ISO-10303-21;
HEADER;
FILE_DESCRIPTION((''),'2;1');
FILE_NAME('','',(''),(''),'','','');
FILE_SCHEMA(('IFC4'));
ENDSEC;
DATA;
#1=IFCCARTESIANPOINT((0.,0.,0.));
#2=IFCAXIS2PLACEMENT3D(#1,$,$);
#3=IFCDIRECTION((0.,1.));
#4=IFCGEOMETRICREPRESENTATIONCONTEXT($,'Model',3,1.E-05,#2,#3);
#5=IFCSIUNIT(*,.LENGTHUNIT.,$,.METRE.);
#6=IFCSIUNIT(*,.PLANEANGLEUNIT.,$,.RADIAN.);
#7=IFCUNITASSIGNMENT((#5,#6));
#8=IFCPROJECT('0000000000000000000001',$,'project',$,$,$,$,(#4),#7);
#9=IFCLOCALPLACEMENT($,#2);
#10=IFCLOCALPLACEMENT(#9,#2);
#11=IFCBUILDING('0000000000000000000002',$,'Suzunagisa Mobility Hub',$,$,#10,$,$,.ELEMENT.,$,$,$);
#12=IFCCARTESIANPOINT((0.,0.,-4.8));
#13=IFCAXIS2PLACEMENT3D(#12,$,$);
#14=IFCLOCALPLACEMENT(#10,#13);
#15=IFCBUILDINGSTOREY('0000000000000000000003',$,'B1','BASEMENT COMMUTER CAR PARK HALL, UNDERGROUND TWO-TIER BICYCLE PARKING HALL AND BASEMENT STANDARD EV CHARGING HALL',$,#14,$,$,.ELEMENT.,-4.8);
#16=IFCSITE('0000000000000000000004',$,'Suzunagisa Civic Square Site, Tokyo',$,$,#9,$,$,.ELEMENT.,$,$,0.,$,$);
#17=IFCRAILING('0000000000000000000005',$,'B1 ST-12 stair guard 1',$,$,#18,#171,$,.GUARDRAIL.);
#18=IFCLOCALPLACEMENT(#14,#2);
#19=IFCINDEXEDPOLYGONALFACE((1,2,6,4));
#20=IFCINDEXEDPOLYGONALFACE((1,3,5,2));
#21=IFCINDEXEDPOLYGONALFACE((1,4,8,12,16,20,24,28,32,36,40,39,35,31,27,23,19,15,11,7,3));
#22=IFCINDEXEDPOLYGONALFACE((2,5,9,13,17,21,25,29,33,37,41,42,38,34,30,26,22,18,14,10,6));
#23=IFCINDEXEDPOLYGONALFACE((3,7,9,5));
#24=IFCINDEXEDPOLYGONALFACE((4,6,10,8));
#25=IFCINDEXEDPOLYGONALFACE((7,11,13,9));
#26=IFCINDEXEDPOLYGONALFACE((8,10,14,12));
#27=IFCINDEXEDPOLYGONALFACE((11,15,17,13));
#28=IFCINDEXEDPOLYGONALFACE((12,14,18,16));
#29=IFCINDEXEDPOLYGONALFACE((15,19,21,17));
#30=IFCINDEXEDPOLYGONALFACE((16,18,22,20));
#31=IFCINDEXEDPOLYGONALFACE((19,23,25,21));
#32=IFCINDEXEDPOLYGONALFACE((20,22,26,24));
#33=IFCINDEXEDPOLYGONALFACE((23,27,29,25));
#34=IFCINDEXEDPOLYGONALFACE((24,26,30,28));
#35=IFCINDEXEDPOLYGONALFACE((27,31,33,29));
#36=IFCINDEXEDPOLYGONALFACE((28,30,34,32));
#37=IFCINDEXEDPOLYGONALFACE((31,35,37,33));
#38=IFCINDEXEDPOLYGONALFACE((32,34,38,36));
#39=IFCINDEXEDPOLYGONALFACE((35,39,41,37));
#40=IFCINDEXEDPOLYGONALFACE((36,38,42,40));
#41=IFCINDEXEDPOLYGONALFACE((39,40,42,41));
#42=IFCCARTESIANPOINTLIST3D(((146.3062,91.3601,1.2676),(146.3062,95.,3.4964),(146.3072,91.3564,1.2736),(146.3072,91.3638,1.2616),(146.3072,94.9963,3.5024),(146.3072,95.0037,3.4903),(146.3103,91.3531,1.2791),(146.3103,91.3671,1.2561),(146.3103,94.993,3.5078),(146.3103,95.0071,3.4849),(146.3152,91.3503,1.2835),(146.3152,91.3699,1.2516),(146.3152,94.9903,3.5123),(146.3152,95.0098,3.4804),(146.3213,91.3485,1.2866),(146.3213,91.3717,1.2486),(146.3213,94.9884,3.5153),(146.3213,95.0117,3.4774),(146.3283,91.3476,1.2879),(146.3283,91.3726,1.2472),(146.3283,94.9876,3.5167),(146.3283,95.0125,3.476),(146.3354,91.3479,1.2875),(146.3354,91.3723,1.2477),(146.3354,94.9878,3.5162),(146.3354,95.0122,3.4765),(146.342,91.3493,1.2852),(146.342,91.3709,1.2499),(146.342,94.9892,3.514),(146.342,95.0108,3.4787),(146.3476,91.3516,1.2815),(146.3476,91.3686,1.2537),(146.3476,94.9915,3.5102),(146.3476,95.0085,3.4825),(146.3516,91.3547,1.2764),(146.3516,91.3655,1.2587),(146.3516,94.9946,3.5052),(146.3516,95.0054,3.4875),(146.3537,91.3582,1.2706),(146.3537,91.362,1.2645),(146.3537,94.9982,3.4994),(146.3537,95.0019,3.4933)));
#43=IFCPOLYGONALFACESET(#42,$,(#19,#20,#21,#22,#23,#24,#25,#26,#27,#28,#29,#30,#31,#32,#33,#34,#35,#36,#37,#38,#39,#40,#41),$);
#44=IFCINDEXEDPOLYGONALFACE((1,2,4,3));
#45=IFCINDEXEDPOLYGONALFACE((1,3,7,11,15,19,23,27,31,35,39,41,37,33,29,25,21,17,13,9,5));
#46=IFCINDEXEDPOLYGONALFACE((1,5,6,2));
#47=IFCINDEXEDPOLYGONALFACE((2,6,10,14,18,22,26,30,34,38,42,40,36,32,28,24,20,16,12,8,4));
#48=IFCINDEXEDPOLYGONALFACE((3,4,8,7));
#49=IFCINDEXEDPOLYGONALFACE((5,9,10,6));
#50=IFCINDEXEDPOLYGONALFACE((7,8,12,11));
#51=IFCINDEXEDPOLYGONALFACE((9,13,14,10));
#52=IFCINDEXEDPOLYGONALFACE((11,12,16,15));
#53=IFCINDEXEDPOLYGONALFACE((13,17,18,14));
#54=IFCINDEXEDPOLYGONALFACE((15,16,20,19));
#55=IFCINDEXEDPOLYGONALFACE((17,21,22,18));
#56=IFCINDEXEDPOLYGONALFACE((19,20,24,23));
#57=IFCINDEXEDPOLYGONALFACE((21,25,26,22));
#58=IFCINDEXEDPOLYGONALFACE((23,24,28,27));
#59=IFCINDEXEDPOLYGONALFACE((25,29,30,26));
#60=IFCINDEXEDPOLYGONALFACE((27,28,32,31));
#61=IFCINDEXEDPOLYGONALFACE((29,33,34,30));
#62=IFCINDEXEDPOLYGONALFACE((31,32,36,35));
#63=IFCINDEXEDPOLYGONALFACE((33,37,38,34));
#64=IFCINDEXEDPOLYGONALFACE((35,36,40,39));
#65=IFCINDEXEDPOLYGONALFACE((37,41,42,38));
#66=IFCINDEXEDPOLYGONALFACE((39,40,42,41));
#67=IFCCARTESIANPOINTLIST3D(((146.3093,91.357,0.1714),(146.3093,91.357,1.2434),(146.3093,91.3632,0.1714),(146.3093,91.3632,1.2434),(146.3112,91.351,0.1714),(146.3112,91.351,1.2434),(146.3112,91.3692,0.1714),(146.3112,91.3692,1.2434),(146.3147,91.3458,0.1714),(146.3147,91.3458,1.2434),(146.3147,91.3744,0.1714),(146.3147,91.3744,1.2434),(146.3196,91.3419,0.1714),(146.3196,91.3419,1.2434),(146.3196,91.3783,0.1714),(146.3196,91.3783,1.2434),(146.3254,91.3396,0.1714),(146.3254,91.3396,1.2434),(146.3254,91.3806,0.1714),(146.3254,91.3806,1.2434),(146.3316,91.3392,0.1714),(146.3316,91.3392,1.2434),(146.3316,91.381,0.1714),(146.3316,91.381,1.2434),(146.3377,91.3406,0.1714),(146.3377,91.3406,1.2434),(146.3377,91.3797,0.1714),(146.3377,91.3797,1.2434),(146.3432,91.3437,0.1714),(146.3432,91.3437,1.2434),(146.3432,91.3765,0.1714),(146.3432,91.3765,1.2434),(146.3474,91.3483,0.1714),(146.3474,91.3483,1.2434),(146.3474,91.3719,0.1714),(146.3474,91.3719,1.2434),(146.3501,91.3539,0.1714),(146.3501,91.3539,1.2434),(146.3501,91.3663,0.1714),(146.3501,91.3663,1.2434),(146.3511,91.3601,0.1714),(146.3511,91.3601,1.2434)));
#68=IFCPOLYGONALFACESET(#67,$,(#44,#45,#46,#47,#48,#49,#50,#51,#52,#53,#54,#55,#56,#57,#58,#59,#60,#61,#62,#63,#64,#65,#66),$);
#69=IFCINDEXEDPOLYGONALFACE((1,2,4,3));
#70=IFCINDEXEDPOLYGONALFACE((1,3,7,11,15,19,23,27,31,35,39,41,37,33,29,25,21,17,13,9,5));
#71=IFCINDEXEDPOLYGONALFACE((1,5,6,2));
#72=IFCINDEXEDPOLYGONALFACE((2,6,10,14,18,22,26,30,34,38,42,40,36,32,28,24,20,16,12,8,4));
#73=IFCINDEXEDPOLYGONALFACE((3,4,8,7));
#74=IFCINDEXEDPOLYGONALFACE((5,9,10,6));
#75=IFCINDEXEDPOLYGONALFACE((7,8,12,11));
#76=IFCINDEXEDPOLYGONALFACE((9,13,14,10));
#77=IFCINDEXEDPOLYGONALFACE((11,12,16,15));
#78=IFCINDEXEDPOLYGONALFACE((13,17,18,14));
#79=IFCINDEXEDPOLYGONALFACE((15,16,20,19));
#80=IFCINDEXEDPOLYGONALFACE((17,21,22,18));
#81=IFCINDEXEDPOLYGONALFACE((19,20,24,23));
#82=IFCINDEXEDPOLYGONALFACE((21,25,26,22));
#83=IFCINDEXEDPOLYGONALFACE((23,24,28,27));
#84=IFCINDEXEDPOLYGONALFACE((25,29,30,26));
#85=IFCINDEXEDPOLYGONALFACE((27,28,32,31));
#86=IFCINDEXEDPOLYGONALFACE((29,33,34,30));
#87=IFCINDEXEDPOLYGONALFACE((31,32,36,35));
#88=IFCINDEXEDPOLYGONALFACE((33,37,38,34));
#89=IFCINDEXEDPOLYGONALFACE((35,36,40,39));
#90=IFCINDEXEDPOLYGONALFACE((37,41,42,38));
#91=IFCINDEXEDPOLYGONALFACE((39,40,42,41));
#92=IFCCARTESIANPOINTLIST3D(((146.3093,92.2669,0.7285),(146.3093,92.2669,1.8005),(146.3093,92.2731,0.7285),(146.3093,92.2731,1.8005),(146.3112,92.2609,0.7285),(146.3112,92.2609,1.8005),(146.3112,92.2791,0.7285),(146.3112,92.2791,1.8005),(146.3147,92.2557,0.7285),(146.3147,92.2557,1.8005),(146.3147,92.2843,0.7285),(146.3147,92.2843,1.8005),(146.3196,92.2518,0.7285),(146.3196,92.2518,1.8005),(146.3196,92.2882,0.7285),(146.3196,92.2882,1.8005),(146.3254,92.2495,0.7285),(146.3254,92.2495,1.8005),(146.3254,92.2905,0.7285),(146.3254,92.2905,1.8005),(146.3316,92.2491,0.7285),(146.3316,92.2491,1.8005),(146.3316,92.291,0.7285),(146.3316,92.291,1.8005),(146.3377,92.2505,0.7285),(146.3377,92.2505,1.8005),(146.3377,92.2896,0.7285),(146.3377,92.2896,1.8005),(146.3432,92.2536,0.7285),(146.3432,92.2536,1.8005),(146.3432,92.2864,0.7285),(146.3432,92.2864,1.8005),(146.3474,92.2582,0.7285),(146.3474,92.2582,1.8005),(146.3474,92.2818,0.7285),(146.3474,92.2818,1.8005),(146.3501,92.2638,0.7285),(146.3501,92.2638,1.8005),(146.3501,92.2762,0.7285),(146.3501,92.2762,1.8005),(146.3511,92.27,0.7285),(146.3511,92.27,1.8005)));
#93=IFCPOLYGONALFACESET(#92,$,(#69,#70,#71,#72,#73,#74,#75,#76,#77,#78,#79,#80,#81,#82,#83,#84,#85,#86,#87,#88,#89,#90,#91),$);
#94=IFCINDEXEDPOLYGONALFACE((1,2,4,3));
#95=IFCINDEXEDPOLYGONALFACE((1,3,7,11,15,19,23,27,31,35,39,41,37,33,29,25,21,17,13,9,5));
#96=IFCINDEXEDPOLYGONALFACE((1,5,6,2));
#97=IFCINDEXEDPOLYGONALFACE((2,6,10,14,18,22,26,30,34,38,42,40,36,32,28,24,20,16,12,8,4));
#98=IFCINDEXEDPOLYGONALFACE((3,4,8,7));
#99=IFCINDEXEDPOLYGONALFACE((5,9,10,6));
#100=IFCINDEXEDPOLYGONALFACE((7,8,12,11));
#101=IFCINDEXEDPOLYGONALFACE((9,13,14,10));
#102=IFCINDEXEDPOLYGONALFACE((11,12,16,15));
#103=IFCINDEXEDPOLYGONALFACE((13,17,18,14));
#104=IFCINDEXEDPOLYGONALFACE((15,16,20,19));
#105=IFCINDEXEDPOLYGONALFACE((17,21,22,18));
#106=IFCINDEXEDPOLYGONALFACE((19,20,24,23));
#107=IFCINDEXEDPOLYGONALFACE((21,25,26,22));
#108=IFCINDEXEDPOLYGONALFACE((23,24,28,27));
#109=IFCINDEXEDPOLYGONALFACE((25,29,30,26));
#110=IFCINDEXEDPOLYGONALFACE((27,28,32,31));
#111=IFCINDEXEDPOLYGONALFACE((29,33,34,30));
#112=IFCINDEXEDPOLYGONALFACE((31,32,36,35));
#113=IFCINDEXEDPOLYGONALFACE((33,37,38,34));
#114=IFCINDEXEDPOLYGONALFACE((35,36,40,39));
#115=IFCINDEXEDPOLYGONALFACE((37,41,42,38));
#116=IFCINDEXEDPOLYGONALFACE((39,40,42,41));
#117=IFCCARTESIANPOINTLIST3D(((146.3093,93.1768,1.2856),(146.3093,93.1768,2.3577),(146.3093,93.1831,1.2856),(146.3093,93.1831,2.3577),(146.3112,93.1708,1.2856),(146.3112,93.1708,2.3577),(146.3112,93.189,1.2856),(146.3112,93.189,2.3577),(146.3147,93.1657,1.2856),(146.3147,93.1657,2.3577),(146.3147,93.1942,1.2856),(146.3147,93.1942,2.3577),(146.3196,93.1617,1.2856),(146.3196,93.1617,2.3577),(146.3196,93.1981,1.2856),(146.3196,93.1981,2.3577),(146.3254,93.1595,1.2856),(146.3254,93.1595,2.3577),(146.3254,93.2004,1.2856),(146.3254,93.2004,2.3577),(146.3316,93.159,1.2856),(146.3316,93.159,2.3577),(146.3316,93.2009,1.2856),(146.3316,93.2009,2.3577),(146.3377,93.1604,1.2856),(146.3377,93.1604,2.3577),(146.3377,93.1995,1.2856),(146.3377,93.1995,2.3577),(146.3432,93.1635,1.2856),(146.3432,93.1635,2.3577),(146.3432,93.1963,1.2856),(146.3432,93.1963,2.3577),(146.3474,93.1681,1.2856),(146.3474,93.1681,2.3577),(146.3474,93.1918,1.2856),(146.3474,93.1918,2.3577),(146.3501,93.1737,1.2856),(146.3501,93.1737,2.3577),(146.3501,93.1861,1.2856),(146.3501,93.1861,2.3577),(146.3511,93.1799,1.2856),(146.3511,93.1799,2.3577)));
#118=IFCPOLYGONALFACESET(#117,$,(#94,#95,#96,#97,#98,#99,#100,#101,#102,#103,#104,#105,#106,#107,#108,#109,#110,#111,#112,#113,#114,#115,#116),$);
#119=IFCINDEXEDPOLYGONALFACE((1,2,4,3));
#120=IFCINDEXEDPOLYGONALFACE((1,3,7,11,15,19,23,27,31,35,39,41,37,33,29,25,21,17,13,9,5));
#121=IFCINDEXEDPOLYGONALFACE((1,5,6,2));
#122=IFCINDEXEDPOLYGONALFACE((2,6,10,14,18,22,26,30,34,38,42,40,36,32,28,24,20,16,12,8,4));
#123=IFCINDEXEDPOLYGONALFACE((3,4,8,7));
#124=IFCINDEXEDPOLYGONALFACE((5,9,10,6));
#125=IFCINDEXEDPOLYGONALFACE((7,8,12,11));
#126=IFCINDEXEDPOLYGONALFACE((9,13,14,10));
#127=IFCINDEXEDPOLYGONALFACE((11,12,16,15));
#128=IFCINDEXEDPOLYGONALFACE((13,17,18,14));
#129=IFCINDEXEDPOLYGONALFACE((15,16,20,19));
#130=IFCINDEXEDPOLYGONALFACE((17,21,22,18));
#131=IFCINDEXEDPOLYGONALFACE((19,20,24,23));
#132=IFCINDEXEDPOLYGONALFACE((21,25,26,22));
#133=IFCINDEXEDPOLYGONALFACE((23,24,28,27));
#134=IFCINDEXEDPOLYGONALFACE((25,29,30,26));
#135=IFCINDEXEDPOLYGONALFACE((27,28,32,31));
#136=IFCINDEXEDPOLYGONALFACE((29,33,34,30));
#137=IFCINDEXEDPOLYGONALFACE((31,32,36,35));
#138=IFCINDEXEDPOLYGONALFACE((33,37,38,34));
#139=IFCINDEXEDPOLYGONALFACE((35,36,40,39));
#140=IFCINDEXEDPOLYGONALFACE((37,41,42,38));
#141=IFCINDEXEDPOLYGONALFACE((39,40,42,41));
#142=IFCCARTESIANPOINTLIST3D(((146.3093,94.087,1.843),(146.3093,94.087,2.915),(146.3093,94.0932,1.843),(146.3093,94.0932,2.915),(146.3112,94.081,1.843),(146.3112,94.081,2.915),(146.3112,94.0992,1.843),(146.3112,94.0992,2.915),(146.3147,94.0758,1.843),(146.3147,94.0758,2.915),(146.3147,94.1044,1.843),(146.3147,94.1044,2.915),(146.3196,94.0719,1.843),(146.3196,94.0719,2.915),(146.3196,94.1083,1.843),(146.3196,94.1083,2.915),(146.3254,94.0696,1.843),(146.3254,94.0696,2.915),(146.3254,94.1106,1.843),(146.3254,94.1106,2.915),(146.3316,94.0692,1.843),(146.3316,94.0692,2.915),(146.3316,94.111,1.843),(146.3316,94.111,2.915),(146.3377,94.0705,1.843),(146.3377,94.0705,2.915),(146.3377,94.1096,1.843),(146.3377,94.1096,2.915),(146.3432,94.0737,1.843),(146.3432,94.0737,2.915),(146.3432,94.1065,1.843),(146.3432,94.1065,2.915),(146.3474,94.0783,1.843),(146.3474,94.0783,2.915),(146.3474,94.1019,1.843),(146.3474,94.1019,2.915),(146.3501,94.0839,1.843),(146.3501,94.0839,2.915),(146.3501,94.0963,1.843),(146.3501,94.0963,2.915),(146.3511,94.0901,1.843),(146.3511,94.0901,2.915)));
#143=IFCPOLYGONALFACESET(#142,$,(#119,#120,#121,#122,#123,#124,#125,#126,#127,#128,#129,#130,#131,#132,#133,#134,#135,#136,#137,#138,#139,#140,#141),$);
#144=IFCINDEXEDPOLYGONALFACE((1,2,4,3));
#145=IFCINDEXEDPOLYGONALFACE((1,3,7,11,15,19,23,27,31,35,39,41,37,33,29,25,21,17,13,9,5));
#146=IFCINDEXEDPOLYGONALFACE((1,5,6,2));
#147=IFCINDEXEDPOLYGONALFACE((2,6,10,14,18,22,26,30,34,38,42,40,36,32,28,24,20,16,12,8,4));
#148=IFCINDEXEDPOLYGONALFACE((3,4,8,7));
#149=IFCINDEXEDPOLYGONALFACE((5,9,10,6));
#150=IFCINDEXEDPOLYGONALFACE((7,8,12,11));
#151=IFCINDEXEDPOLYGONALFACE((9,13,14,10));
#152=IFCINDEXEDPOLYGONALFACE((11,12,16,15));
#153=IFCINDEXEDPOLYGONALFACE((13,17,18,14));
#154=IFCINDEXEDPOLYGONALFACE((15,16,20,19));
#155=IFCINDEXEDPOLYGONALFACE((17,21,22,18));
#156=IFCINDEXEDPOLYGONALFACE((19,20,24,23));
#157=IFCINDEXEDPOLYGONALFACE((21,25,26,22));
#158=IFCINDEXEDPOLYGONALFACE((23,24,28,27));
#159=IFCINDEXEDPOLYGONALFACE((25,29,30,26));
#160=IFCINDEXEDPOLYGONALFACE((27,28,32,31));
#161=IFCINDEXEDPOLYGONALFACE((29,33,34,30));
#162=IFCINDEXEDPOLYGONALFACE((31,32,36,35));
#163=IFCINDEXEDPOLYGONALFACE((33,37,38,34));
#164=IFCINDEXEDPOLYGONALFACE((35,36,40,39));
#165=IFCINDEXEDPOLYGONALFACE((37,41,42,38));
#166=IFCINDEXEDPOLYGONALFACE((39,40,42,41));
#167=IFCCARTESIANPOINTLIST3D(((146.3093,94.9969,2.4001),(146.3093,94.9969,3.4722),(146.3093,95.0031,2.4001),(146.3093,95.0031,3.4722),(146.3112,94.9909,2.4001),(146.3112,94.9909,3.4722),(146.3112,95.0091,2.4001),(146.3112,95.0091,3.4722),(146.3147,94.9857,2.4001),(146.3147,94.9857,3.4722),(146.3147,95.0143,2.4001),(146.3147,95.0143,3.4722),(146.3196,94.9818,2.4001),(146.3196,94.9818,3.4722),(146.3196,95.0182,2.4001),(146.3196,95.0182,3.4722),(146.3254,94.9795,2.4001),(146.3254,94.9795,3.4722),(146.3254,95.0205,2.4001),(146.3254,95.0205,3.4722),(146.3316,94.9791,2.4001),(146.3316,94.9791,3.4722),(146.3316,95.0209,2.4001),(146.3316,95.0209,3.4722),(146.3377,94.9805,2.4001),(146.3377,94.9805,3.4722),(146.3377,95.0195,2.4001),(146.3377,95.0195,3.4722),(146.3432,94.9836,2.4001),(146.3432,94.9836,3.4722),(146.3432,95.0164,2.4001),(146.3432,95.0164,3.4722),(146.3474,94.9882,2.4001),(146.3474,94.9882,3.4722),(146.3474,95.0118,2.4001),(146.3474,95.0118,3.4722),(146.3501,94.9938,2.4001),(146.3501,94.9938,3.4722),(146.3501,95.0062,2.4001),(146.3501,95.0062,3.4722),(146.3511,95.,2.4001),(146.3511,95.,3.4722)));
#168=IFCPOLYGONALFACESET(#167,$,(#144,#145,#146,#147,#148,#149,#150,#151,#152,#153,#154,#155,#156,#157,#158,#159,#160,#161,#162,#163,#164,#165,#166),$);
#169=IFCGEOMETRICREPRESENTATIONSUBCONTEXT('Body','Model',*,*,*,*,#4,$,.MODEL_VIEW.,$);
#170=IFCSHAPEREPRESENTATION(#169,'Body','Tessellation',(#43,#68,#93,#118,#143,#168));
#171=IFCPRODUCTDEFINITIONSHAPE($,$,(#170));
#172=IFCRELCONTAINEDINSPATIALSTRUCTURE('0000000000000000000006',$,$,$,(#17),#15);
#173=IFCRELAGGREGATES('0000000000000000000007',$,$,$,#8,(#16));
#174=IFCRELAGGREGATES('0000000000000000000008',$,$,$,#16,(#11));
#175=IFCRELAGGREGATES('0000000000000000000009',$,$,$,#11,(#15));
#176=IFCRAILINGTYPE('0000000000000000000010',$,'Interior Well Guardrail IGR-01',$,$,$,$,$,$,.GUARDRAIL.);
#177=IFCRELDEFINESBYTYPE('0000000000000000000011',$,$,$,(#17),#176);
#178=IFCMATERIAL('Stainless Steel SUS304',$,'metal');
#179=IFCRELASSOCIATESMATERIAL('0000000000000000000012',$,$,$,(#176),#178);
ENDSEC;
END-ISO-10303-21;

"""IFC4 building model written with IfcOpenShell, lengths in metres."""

from ifc_helpers import new_model, si_unit, direction, frame, origin, origin_2d, place, context, subcontext, project, spatial, circle, extrude, material, type_object, element, save


model = new_model("IFC4")

# Units and contexts
model_context = context("Model", 3, precision=1e-05, world=origin(), true_north=direction((0.0, 1.0)))
body_context = subcontext(model_context, "Body", "Model", "MODEL_VIEW")
ifc_project = project(units=[si_unit("LENGTHUNIT", "METRE"), si_unit("PLANEANGLEUNIT", "RADIAN")], contexts=[model_context])

# Site, building, storey
site_placement = place(None, origin())
site = spatial("IfcSite", under=ifc_project, at=site_placement, Name="Suzunagisa Civic Square Site, Tokyo", CompositionType="ELEMENT", RefElevation=0.0)
building_placement = place(site_placement, origin())
building = spatial("IfcBuilding", under=site, at=building_placement, Name="Suzunagisa Mobility Hub", CompositionType="ELEMENT")
storey_placement = place(building_placement, frame((0.0, 0.0, -4.8)))
storey = spatial("IfcBuildingStorey", under=building, at=storey_placement, Name="B1", Description="BASEMENT COMMUTER CAR PARK HALL, UNDERGROUND TWO-TIER BICYCLE PARKING HALL AND BASEMENT STANDARD EV CHARGING HALL", CompositionType="ELEMENT", Elevation=-4.8)

# Railing
ifc_material_1 = material(Name="Stainless Steel SUS304", Category="metal")
railing_type_1 = type_object("IfcRailingType", Name="Interior Well Guardrail IGR-01", PredefinedType="GUARDRAIL", material=ifc_material_1)
railing_1_placement = place(storey_placement, frame((146.3301, 91.3601, 0.1714)))
element("IfcRailing", 1, at=railing_1_placement, inside=storey, type_object=railing_type_1, Name="B1 ST-12 stair guard 1", PredefinedType="GUARDRAIL", context=body_context, shape_type="SweptSolid", body=[
    extrude(circle(Radius=0.0239, at=origin_2d()), frame((0.0, 0.0, 1.0962), z_axis=(0.0, 0.852825, 0.522197), x_axis=(-1.0, 0.0, 0.0)), (0.0, 0.0, 1.0), 4.2681),
    extrude(circle(Radius=0.021, at=origin_2d()), origin(), (0.0, 0.0, 1.0), 1.072),
    extrude(circle(Radius=0.021, at=origin_2d()), frame((0.0, 0.9099, 0.5571)), (0.0, 0.0, 1.0), 1.072),
    extrude(circle(Radius=0.021, at=origin_2d()), frame((0.0, 1.8198, 1.1143)), (0.0, 0.0, 1.0), 1.072),
    extrude(circle(Radius=0.021, at=origin_2d()), frame((0.0, 2.73, 1.6716)), (0.0, 0.0, 1.0), 1.072),
    extrude(circle(Radius=0.021, at=origin_2d()), frame((0.0, 3.6399, 2.2288)), (0.0, 0.0, 1.0), 1.072),
])

save(model, "model.ifc")
